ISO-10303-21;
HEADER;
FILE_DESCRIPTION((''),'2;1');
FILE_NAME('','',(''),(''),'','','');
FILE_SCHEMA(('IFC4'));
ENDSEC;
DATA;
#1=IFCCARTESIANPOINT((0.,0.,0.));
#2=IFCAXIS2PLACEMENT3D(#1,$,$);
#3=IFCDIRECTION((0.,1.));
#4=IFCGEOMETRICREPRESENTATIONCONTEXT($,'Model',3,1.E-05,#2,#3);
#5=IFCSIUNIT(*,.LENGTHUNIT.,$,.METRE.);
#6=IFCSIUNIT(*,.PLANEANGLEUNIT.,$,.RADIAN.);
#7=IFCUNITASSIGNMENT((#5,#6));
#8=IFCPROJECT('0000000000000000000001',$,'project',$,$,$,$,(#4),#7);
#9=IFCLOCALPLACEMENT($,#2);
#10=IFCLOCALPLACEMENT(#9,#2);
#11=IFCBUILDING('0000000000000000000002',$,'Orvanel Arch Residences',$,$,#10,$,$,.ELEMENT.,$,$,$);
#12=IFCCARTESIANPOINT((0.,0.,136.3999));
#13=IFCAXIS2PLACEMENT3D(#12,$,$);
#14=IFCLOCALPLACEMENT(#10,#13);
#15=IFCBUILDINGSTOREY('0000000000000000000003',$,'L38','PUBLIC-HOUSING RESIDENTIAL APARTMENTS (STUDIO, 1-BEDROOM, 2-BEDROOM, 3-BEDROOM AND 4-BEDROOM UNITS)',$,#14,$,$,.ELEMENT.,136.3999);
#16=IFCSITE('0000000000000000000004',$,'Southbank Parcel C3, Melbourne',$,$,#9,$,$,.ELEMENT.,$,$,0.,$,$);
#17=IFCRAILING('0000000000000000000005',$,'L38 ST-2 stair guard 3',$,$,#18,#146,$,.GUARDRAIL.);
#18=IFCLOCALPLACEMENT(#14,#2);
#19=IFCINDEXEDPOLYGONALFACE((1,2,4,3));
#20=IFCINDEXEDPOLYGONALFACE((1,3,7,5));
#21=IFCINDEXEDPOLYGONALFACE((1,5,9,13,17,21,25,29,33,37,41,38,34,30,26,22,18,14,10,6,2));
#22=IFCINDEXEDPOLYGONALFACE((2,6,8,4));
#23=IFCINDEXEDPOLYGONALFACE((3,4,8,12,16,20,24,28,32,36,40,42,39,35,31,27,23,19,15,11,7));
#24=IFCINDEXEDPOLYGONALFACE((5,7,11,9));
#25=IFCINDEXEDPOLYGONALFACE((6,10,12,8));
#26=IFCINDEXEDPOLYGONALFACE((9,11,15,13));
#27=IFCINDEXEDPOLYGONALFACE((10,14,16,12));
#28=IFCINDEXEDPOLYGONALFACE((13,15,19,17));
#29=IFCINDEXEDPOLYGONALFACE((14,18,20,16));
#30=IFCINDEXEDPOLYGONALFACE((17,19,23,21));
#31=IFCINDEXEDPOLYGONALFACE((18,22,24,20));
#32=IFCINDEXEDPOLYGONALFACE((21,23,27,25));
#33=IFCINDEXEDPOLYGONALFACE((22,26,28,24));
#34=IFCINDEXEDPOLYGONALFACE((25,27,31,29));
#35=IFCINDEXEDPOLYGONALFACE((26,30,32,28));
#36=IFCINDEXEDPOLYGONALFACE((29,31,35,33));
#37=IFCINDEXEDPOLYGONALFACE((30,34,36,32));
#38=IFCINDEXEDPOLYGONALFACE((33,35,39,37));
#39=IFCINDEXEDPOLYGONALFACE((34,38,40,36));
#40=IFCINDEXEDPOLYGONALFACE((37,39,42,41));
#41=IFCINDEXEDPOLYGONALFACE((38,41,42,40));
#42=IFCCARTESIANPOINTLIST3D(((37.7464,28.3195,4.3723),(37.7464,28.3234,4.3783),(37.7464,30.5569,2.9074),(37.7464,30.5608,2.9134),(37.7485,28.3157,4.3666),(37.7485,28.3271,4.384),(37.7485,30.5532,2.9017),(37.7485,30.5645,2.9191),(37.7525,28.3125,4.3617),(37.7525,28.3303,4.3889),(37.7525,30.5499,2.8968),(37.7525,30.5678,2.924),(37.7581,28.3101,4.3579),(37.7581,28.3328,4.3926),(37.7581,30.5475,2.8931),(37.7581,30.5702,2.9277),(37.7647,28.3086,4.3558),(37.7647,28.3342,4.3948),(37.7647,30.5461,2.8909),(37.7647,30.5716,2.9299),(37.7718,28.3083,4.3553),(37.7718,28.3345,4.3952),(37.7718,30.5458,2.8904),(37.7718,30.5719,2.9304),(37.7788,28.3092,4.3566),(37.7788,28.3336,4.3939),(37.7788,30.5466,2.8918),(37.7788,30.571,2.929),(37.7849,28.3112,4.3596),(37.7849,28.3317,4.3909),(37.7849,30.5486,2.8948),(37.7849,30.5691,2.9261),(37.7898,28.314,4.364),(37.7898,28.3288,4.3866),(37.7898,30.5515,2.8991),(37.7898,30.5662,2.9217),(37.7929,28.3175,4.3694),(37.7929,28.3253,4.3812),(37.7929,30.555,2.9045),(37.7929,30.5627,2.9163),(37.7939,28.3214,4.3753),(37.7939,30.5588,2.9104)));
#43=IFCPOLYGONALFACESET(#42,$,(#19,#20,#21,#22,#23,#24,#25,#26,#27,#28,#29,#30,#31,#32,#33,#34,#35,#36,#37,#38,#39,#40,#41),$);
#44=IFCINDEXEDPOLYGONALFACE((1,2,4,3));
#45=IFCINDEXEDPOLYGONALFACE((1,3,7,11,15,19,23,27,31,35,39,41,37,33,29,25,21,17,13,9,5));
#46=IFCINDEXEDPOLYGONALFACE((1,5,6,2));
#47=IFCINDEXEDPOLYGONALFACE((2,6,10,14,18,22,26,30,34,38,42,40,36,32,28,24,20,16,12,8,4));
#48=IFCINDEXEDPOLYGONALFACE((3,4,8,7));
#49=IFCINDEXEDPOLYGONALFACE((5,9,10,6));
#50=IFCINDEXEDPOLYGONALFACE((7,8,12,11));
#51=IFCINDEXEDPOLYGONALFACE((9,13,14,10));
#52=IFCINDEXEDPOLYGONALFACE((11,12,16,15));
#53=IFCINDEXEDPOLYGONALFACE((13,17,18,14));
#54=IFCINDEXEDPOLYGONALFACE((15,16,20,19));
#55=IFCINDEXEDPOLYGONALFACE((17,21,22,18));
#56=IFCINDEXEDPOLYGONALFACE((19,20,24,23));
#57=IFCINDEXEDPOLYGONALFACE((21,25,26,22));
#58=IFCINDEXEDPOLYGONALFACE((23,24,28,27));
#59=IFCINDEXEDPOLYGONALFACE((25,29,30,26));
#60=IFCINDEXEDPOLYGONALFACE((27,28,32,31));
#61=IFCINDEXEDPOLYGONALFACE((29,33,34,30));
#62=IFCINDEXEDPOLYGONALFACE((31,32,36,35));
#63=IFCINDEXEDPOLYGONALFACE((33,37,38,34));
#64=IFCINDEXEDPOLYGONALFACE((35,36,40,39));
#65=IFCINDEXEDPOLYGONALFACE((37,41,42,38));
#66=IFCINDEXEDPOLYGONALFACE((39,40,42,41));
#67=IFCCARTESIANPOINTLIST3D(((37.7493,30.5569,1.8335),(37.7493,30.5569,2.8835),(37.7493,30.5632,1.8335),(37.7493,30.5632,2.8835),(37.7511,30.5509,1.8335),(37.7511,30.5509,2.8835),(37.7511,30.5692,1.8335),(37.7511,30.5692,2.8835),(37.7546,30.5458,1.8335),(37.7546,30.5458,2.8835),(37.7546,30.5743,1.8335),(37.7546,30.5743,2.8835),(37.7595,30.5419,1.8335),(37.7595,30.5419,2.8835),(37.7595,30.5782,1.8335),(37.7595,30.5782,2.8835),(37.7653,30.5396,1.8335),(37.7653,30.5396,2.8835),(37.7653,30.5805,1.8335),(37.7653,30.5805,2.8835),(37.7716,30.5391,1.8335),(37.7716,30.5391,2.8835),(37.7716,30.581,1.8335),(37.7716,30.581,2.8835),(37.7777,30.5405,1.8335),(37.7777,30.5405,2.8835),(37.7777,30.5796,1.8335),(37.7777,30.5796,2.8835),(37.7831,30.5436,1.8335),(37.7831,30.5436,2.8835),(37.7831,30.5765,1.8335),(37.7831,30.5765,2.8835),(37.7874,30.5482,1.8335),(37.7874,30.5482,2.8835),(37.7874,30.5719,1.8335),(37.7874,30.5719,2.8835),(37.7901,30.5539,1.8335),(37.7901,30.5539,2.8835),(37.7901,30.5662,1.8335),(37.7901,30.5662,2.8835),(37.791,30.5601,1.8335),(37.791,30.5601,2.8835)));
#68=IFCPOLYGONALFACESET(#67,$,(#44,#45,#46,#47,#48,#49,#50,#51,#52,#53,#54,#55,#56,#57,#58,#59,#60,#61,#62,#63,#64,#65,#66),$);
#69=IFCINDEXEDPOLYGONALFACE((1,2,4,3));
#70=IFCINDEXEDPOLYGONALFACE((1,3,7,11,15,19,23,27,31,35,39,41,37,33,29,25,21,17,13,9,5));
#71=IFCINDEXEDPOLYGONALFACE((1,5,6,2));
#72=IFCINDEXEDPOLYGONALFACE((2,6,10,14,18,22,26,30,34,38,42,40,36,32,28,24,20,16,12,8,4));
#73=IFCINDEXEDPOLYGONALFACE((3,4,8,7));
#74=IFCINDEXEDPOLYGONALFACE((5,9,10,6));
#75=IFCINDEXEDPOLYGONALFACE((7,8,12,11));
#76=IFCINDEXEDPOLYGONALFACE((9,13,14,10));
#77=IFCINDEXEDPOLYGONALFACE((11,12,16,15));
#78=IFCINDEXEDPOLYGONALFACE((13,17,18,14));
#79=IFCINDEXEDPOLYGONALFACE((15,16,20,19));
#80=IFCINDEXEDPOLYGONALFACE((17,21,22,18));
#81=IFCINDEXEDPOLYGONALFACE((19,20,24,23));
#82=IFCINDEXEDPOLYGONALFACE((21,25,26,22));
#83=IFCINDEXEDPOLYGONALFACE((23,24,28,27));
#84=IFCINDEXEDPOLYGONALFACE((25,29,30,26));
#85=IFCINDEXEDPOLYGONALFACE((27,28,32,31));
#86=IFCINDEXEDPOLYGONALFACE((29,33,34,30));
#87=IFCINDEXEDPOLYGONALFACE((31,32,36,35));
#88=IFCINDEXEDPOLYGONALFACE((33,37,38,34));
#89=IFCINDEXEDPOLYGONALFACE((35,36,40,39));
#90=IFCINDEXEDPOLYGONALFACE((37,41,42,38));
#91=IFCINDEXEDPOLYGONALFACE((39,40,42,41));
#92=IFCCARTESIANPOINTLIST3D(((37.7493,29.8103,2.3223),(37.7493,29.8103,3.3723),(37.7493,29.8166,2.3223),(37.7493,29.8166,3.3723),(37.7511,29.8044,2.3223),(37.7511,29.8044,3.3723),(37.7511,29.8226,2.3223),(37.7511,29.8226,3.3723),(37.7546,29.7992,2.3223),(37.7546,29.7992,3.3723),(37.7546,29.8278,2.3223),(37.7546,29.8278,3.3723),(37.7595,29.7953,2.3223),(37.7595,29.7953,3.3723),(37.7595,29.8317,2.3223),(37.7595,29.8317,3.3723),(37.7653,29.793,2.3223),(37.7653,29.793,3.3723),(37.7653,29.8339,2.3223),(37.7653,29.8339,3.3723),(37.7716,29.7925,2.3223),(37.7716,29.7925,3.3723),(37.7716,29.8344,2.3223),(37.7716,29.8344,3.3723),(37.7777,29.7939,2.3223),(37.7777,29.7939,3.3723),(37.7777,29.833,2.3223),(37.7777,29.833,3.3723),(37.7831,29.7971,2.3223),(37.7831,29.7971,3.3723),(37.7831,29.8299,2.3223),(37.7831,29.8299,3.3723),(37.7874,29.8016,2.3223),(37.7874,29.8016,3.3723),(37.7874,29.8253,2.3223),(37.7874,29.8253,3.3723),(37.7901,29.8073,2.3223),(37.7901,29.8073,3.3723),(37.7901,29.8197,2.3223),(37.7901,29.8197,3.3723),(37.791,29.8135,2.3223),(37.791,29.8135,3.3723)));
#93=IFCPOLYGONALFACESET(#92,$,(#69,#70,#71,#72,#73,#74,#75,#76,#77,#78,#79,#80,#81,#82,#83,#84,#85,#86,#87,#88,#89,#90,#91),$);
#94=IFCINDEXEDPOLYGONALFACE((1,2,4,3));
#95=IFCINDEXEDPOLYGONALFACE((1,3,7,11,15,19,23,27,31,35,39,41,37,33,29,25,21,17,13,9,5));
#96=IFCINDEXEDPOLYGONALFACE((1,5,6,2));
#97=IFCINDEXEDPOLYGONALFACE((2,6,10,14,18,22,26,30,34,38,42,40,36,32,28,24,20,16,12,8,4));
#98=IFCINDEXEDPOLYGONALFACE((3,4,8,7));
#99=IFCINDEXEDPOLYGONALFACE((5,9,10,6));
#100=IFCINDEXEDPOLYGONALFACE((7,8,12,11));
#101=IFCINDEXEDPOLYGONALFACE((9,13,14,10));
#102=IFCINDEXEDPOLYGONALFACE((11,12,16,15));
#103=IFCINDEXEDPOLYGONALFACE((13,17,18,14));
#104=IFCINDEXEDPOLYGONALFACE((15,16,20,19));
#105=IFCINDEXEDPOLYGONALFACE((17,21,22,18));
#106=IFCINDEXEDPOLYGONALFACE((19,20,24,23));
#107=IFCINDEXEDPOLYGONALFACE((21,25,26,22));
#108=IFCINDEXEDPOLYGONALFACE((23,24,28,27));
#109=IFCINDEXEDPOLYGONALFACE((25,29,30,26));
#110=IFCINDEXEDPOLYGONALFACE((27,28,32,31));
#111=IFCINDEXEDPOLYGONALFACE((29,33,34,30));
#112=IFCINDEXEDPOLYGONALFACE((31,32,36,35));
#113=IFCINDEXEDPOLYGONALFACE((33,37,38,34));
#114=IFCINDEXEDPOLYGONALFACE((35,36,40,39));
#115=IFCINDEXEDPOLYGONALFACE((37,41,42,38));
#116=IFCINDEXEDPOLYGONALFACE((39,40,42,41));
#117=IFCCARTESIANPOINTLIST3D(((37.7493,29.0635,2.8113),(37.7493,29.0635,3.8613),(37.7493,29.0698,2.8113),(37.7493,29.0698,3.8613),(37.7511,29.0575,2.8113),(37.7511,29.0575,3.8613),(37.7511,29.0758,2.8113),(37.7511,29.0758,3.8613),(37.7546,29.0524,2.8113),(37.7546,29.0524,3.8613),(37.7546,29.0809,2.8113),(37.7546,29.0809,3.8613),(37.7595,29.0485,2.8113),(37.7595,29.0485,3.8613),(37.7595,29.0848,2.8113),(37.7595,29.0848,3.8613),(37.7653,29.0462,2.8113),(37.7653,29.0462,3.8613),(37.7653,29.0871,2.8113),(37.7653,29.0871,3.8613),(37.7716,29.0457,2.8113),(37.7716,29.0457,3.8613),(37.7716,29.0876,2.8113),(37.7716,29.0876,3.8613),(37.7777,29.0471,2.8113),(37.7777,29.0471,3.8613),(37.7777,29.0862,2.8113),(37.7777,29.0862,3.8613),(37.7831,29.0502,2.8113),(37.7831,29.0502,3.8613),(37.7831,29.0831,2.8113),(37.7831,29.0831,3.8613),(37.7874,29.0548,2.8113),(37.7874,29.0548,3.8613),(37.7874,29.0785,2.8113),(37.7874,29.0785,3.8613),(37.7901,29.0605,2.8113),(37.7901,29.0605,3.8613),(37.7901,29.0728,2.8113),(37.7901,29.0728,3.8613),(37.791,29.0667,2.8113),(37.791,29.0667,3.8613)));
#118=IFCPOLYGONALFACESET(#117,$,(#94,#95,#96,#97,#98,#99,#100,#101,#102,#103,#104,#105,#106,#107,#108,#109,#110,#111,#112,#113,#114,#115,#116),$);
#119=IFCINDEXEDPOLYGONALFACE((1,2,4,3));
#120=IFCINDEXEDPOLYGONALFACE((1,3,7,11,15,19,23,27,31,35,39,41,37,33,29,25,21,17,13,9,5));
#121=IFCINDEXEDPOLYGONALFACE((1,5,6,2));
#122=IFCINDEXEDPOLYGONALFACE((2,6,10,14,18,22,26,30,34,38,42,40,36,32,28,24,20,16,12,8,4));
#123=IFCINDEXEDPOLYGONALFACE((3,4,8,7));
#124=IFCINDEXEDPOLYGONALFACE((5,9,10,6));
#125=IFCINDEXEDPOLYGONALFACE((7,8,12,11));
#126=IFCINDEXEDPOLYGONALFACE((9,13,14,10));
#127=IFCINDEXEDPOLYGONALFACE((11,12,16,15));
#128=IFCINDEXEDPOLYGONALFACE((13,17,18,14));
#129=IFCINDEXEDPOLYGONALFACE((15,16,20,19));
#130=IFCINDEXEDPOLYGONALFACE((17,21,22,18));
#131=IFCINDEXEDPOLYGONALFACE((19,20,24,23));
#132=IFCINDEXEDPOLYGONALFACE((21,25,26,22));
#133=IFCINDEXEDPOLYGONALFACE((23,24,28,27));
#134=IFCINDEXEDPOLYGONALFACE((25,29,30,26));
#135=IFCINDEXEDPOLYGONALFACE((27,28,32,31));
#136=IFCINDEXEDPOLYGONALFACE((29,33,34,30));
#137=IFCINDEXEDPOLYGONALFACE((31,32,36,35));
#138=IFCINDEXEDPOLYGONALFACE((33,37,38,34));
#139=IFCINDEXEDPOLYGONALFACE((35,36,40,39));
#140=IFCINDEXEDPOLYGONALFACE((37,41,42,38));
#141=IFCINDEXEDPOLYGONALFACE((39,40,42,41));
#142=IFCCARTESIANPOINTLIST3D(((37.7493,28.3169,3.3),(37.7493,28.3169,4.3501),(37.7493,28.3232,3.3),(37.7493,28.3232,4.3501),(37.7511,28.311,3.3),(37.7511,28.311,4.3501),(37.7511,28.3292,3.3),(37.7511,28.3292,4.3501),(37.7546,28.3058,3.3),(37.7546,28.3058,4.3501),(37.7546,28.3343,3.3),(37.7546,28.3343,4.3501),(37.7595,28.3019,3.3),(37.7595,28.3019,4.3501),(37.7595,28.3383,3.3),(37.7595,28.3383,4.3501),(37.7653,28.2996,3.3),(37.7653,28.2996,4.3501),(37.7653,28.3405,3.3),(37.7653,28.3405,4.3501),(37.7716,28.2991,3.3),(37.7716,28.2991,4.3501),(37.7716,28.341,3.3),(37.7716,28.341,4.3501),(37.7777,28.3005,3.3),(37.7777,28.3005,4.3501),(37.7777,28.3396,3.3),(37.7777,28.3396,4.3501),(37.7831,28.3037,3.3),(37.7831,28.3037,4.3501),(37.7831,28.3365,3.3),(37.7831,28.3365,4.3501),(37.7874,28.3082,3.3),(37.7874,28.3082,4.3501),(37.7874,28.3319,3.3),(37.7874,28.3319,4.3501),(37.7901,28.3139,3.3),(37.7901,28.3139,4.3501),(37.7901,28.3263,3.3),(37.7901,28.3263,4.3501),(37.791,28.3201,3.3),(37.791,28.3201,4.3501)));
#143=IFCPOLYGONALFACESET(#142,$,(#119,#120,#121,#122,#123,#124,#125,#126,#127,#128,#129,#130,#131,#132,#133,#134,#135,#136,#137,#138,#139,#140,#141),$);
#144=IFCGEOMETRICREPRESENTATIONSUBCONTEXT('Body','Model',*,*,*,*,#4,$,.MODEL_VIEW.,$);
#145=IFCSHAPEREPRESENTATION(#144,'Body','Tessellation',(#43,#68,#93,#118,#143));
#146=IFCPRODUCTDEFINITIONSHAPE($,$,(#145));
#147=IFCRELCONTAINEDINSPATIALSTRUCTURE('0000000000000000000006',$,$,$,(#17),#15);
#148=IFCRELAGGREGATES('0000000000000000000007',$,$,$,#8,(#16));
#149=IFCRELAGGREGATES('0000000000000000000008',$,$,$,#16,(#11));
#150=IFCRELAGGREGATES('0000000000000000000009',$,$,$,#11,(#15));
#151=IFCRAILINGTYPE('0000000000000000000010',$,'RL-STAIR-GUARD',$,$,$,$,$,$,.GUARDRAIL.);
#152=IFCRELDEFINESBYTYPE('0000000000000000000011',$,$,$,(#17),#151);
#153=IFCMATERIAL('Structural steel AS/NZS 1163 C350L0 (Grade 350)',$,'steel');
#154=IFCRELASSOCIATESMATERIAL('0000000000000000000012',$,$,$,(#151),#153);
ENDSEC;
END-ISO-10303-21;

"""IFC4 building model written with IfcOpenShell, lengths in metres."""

from ifc_helpers import new_model, si_unit, direction, frame, origin, origin_2d, place, context, subcontext, project, spatial, circle, extrude, material, type_object, element, save


model = new_model("IFC4")

# Units and contexts
model_context = context("Model", 3, precision=1e-05, world=origin(), true_north=direction((0.0, 1.0)))
body_context = subcontext(model_context, "Body", "Model", "MODEL_VIEW")
ifc_project = project(units=[si_unit("LENGTHUNIT", "METRE"), si_unit("PLANEANGLEUNIT", "RADIAN")], contexts=[model_context])

# Site, building, storey
site_placement = place(None, origin())
site = spatial("IfcSite", under=ifc_project, at=site_placement, Name="Southbank Parcel C3, Melbourne", CompositionType="ELEMENT", RefElevation=0.0)
building_placement = place(site_placement, origin())
building = spatial("IfcBuilding", under=site, at=building_placement, Name="Orvanel Arch Residences", CompositionType="ELEMENT")
storey_placement = place(building_placement, frame((0.0, 0.0, 136.3999)))
storey = spatial("IfcBuildingStorey", under=building, at=storey_placement, Name="L38", Description="PUBLIC-HOUSING RESIDENTIAL APARTMENTS (STUDIO, 1-BEDROOM, 2-BEDROOM, 3-BEDROOM AND 4-BEDROOM UNITS)", CompositionType="ELEMENT", Elevation=136.3999)

# Railing
ifc_material_1 = material(Name="Structural steel AS/NZS 1163 C350L0 (Grade 350)", Category="steel")
railing_type_1 = type_object("IfcRailingType", Name="RL-STAIR-GUARD", PredefinedType="GUARDRAIL", material=ifc_material_1)
railing_1_placement = place(storey_placement, frame((37.77, 30.5601, 1.8335)))
element("IfcRailing", 1, at=railing_1_placement, inside=storey, type_object=railing_type_1, Name="L38 ST-2 stair guard 3", PredefinedType="GUARDRAIL", context=body_context, shape_type="SweptSolid", body=[
    extrude(circle(Radius=0.0239, at=origin_2d()), frame((0.0, -0.0012, 1.0769), z_axis=(0.0, -0.836637, 0.547758), x_axis=(1.0, 0.0, 0.0)), (0.0, 0.0, 1.0), 2.6743),
    extrude(circle(Radius=0.021, at=origin_2d()), origin(), (0.0, 0.0, 1.0), 1.05),
    extrude(circle(Radius=0.021, at=origin_2d()), frame((0.0, -0.7466, 0.4888)), (0.0, 0.0, 1.0), 1.05),
    extrude(circle(Radius=0.021, at=origin_2d()), frame((0.0, -1.4934, 0.9778)), (0.0, 0.0, 1.0), 1.05),
    extrude(circle(Radius=0.021, at=origin_2d()), frame((0.0, -2.24, 1.4666)), (0.0, 0.0, 1.0), 1.05),
])

save(model, "model.ifc")
